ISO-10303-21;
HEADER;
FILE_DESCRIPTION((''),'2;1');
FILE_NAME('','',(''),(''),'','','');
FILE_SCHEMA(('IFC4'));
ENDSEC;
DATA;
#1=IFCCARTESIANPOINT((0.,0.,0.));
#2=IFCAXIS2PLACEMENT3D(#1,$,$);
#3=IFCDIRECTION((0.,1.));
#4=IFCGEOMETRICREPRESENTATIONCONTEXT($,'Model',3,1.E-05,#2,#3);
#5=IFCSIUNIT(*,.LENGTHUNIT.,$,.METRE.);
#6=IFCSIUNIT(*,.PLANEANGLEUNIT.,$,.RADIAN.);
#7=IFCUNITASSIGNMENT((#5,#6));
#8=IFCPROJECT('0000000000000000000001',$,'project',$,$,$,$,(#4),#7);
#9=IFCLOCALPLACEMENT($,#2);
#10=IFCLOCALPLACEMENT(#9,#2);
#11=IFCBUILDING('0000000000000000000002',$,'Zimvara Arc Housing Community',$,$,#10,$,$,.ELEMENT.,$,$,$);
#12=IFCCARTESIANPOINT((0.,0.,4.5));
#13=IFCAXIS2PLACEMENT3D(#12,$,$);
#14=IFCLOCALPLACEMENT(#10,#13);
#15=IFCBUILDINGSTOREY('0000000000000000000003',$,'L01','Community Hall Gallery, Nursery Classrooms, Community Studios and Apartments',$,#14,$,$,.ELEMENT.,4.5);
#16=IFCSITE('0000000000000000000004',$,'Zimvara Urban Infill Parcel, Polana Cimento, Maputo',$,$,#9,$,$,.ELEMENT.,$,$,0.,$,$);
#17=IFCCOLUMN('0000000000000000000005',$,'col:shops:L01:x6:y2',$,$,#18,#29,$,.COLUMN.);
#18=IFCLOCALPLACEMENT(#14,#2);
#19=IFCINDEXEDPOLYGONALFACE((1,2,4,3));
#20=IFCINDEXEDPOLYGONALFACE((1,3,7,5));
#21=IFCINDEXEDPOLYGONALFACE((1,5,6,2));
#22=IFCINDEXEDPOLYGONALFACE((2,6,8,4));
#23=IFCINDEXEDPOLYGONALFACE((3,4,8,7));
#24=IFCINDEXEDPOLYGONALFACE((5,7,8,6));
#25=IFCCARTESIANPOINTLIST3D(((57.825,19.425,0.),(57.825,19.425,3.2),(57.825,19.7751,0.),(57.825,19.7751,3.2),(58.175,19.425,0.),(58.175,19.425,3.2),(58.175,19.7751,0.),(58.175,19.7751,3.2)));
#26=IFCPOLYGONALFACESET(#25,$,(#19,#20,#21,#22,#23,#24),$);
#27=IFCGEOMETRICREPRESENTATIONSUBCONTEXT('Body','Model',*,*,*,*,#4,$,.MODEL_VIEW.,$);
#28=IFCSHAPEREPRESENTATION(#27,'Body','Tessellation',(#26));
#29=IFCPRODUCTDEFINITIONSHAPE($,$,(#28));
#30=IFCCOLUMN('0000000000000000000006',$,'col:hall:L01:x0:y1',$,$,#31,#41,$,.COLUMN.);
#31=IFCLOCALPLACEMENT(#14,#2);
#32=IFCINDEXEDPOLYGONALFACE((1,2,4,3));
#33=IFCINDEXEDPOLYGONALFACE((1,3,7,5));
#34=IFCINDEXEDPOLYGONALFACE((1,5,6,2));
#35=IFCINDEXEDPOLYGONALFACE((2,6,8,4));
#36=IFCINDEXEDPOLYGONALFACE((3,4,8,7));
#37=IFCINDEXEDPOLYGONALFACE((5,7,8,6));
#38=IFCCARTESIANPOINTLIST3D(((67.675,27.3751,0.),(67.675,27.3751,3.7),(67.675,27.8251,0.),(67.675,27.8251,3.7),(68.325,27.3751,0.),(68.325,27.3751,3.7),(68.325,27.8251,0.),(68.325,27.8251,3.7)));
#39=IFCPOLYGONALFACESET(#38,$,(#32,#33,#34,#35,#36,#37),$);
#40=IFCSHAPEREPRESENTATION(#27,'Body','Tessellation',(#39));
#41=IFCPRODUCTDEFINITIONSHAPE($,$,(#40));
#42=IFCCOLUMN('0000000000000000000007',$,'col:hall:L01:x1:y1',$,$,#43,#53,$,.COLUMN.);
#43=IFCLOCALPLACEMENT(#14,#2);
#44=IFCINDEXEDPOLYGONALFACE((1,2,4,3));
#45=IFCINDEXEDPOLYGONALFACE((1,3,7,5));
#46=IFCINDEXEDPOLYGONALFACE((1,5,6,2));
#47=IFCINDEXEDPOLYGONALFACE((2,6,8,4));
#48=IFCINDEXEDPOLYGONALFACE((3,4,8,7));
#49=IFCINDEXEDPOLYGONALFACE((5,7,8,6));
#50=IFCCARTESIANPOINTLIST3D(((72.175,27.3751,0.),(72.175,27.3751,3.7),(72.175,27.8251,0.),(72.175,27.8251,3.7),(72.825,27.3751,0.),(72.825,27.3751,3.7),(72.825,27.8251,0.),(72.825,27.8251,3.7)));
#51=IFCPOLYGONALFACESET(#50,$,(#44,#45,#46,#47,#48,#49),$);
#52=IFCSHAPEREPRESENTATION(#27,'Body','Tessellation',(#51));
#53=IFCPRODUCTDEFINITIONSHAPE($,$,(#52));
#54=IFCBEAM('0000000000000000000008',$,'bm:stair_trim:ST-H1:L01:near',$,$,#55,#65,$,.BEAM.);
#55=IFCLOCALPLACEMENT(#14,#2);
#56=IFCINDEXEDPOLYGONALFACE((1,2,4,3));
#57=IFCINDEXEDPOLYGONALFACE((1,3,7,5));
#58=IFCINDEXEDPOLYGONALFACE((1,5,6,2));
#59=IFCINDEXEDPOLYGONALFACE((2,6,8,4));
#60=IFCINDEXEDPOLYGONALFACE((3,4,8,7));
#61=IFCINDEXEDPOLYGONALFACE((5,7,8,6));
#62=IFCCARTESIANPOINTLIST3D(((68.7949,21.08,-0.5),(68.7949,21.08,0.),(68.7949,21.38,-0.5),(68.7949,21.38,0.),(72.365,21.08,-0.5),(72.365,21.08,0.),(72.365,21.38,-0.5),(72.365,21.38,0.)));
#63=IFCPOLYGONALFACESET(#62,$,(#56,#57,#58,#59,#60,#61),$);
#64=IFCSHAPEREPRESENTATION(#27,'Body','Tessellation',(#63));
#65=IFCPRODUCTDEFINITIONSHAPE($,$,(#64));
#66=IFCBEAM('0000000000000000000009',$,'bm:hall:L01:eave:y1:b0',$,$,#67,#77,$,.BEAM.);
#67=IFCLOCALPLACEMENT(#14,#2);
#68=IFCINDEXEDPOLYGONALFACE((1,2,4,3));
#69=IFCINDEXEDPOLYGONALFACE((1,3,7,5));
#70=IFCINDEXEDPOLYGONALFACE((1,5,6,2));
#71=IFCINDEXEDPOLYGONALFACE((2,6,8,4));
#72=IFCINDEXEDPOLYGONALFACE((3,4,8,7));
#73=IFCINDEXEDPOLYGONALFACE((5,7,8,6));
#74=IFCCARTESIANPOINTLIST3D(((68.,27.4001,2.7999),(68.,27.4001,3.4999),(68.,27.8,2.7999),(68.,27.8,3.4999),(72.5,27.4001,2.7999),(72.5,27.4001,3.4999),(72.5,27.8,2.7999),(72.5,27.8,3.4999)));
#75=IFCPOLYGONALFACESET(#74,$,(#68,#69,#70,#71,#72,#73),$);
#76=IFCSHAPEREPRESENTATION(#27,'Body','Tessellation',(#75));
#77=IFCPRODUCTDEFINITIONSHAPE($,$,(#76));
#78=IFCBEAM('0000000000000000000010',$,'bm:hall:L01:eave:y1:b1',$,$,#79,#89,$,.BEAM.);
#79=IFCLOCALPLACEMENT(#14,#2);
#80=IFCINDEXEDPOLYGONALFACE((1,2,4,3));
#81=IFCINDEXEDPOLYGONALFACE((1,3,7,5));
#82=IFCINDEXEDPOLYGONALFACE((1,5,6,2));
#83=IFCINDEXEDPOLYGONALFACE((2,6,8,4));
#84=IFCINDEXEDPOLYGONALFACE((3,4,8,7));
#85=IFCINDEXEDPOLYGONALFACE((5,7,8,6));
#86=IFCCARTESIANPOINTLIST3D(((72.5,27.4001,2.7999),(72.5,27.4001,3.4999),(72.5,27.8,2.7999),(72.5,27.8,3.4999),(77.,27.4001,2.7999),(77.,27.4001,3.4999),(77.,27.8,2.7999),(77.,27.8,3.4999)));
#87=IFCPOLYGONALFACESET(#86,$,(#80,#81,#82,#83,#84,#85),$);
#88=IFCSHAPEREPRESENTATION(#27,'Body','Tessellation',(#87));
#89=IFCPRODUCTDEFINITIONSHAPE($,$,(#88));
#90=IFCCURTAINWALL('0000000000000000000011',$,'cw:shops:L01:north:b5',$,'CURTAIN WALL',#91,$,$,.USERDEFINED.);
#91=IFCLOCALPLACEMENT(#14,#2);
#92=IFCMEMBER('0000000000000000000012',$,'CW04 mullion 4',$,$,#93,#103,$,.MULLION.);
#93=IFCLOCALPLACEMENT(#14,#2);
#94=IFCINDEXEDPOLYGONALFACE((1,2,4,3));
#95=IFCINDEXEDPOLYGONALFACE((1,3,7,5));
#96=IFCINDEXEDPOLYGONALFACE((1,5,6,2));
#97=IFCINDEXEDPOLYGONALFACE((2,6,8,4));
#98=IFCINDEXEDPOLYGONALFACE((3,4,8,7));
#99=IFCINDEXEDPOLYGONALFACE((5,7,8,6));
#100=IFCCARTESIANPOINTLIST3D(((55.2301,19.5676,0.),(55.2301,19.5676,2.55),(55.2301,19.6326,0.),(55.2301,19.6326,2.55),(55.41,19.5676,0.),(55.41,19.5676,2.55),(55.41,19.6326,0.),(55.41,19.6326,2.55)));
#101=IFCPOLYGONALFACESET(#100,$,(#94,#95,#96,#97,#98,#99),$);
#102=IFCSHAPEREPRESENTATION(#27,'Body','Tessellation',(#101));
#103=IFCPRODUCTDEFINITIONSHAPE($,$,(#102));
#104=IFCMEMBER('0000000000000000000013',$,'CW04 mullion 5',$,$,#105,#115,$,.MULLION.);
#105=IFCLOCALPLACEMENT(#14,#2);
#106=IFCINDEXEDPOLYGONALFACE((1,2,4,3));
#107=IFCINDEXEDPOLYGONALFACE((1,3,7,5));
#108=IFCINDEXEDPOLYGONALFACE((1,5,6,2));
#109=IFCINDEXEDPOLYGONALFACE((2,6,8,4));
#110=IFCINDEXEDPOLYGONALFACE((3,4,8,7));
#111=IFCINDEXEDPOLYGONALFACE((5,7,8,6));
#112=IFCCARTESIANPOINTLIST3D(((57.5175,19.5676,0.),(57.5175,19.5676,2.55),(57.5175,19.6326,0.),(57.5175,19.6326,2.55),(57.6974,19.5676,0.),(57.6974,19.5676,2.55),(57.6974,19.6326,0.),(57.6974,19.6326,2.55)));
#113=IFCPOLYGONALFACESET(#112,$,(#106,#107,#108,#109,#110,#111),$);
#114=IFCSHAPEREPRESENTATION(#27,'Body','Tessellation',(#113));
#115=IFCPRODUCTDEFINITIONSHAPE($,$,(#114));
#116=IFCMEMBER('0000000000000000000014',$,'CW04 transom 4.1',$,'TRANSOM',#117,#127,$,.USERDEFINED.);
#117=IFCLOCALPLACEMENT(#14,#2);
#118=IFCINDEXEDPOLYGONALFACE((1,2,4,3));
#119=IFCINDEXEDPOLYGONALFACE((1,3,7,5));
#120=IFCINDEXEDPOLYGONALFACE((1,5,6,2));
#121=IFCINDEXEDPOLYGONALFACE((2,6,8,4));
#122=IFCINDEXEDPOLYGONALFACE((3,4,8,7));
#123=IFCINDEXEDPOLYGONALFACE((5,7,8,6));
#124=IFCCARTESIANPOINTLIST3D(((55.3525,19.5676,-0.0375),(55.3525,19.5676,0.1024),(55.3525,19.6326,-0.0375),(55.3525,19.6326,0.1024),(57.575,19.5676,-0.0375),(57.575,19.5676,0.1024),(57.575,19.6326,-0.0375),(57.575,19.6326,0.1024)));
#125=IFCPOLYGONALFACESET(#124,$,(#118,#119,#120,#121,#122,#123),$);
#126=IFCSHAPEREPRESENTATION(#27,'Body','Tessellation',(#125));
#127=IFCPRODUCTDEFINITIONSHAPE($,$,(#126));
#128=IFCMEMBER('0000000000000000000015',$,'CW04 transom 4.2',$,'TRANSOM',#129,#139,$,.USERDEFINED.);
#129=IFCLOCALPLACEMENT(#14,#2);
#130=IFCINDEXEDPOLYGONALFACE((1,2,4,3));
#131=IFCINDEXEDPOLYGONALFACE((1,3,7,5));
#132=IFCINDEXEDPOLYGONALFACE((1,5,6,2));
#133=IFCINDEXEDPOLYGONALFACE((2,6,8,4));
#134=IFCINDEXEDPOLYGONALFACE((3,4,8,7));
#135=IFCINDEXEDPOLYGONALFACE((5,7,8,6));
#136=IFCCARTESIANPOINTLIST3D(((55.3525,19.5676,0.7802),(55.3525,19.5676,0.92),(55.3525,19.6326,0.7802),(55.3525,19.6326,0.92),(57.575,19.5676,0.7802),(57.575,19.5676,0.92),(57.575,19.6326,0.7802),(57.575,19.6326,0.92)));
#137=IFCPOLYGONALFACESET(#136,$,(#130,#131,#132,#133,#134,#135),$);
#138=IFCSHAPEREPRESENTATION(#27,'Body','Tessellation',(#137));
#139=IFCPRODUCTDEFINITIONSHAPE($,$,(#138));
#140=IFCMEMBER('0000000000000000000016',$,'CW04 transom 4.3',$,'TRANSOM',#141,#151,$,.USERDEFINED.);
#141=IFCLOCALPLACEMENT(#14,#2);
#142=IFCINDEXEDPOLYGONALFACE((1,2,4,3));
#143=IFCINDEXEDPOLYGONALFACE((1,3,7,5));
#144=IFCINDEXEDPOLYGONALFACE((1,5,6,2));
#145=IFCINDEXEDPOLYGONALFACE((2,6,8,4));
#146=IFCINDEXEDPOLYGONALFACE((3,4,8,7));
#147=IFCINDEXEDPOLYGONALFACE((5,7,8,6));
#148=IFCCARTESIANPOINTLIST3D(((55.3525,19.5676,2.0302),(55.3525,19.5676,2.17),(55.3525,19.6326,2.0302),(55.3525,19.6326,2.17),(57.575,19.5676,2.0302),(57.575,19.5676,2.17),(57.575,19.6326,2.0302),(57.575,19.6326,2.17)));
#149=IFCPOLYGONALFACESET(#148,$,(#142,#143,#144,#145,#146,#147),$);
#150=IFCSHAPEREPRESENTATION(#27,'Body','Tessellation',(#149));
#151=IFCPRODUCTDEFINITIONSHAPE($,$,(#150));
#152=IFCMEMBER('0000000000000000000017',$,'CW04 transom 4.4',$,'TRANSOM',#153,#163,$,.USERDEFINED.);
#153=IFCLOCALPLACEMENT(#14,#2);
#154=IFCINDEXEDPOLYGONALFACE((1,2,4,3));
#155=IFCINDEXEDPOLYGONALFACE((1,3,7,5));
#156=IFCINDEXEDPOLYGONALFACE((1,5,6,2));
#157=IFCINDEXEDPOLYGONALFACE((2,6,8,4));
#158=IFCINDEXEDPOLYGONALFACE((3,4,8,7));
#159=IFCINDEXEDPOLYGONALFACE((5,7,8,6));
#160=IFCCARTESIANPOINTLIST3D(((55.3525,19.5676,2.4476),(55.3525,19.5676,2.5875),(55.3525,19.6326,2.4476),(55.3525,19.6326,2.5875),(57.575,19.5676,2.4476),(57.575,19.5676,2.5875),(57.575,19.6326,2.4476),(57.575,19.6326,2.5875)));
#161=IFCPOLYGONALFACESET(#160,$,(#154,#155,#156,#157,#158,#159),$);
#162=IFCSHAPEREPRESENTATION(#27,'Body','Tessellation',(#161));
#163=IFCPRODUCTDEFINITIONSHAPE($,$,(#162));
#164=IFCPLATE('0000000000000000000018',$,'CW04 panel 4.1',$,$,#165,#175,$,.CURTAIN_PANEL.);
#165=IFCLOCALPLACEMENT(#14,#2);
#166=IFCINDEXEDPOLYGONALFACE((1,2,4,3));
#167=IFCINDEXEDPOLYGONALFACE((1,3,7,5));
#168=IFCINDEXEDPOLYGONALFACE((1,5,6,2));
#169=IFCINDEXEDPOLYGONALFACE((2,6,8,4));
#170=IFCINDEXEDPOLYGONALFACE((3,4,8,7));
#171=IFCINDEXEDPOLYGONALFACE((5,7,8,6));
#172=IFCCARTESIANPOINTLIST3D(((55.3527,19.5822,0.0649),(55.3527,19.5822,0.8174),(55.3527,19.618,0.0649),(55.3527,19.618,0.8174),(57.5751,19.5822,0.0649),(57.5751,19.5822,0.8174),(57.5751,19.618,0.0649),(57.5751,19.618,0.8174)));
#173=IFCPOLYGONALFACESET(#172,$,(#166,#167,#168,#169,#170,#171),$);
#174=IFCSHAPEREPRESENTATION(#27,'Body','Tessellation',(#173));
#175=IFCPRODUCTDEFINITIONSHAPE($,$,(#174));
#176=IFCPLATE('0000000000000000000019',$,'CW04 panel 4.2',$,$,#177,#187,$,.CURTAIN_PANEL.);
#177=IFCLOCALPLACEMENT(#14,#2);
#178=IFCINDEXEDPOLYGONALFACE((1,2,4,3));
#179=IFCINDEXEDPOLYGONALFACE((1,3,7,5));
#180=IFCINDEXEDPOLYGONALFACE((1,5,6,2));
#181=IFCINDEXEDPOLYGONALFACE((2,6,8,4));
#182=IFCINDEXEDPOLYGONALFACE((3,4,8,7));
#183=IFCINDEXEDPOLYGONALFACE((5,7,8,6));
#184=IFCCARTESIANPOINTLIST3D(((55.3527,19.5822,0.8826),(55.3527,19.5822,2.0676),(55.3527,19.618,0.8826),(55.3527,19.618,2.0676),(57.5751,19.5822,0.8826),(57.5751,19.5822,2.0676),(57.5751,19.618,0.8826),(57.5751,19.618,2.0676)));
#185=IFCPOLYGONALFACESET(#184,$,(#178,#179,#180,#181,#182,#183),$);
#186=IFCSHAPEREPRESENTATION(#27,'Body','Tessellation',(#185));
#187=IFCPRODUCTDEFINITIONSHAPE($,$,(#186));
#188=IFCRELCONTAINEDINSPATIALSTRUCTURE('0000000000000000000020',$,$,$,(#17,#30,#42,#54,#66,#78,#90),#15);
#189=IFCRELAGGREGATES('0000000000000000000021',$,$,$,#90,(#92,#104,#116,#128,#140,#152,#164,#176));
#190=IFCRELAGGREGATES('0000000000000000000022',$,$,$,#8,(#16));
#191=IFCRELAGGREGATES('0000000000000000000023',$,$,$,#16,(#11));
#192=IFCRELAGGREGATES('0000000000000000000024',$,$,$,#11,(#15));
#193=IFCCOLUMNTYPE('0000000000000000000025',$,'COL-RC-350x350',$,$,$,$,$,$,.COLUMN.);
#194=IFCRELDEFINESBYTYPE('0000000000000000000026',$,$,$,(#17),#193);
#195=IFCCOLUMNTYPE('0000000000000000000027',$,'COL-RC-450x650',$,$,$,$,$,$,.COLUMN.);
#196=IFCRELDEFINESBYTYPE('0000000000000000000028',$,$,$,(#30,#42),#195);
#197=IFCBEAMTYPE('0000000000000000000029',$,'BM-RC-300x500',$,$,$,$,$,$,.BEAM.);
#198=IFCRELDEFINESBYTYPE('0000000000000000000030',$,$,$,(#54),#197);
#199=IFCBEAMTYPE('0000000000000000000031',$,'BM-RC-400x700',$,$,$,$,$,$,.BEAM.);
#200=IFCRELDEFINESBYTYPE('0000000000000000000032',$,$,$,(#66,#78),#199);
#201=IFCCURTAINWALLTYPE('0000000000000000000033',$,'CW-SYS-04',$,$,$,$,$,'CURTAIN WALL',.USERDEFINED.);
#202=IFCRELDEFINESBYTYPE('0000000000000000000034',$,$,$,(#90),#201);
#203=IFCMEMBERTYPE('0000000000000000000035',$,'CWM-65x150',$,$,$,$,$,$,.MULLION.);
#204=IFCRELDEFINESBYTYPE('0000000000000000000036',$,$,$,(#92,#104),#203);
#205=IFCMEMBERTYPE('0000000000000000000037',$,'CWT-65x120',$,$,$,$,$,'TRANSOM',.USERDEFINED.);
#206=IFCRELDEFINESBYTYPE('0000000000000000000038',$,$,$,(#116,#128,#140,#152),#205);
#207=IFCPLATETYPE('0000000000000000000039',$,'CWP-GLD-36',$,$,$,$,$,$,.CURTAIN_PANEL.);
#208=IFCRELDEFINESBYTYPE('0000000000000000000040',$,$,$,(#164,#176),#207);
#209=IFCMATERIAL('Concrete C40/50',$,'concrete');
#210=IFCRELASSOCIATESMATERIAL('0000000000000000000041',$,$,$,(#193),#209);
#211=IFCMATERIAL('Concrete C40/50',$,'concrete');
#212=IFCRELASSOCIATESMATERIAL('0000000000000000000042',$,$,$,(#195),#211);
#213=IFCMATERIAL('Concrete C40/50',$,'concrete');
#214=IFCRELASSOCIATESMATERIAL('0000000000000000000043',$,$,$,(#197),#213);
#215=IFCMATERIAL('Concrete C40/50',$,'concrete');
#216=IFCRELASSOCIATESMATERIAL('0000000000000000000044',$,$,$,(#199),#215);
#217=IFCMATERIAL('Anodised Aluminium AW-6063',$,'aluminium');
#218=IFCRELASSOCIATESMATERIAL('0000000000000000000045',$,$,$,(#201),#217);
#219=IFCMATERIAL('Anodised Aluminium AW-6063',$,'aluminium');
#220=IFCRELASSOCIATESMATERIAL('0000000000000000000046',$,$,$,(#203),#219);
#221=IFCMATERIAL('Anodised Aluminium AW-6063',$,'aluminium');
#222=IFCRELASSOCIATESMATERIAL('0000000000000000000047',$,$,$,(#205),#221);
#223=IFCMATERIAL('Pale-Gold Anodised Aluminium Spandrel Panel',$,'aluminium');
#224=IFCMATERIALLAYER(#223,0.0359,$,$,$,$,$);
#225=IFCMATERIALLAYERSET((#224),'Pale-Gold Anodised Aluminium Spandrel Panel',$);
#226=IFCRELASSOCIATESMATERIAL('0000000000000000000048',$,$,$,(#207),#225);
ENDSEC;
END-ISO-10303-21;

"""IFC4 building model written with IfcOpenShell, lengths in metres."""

from ifc_helpers import new_model, si_unit, direction, frame, origin, origin_2d, place, context, subcontext, project, spatial, rectangle, extrude, material, layer, layer_set, material_profile, profile_set, type_object, element, aggregate, save


model = new_model("IFC4")

# Units and contexts
model_context = context("Model", 3, precision=1e-05, world=origin(), true_north=direction((0.0, 1.0)))
body_context = subcontext(model_context, "Body", "Model", "MODEL_VIEW")
ifc_project = project(units=[si_unit("LENGTHUNIT", "METRE"), si_unit("PLANEANGLEUNIT", "RADIAN")], contexts=[model_context])

# Site, building, storey
site_placement = place(None, origin())
site = spatial("IfcSite", under=ifc_project, at=site_placement, Name="Zimvara Urban Infill Parcel, Polana Cimento, Maputo", CompositionType="ELEMENT", RefElevation=0.0)
building_placement = place(site_placement, origin())
building = spatial("IfcBuilding", under=site, at=building_placement, Name="Zimvara Arc Housing Community", CompositionType="ELEMENT")
storey_placement = place(building_placement, frame((0.0, 0.0, 4.5)))
storey = spatial("IfcBuildingStorey", under=building, at=storey_placement, Name="L01", Description="Community Hall Gallery, Nursery Classrooms, Community Studios and Apartments", CompositionType="ELEMENT", Elevation=4.5)

# Columns
ifc_material_1 = material(Name="Concrete C40/50", Category="concrete")
ifc_material_profile_1 = material_profile(ifc_material_1, rectangle(XDim=0.3501, YDim=0.3501, at=origin_2d()), Name="RC 350x350")
ifc_profile_set_1 = profile_set([ifc_material_profile_1], Name="Concrete C40/50")
column_type_1 = type_object("IfcColumnType", Name="COL-RC-350x350", PredefinedType="COLUMN", material=ifc_profile_set_1)
column_placement = place(storey_placement, frame((58.0, 19.6001, 0.0), z_axis=(0.0, 0.0, 1.0), x_axis=(1.0, 0.0, 0.0)))
element("IfcColumn", 1, at=column_placement, inside=storey, type_object=column_type_1, Name="col:shops:L01:x6:y2", PredefinedType="COLUMN", context=body_context, shape_type="SweptSolid", body=[
    extrude(rectangle(XDim=0.3501, YDim=0.3501, at=origin_2d()), origin(), (0.0, 0.0, 1.0), 3.2),
])
ifc_material_2 = material(Name="Concrete C40/50", Category="concrete")
ifc_material_profile_2 = material_profile(ifc_material_2, rectangle(XDim=0.45, YDim=0.6499, at=origin_2d()), Name="RC 450x650")
ifc_profile_set_2 = profile_set([ifc_material_profile_2], Name="Concrete C40/50")
column_type_2 = type_object("IfcColumnType", Name="COL-RC-450x650", PredefinedType="COLUMN", material=ifc_profile_set_2)
for number, where, z_axis, x_axis, name in (
    (2, (68.0, 27.6001, 0.0), (0.0, 0.0, 1.0), (0.0, 1.0, 0.0), "col:hall:L01:x0:y1"),
    (3, (72.5, 27.6001, 0.0), (0.0, 0.0, 1.0), (0.0, 1.0, 0.0), "col:hall:L01:x1:y1"),
):
    element("IfcColumn", number, at=place(storey_placement, frame(where, z_axis=z_axis, x_axis=x_axis)), inside=storey, type_object=column_type_2, Name=name, PredefinedType="COLUMN", context=body_context, shape_type="SweptSolid", body=[
        extrude(rectangle(XDim=0.45, YDim=0.6499, at=origin_2d()), origin(), (0.0, 0.0, 1.0), 3.7),
    ])

# Beams
ifc_material_3 = material(Name="Concrete C40/50", Category="concrete")
ifc_material_profile_3 = material_profile(ifc_material_3, rectangle(XDim=0.3, YDim=0.5, at=origin_2d()), Name="RC 300x500")
ifc_profile_set_3 = profile_set([ifc_material_profile_3], Name="Concrete C40/50")
beam_type_1 = type_object("IfcBeamType", Name="BM-RC-300x500", PredefinedType="BEAM", material=ifc_profile_set_3)
beam_placement = place(storey_placement, frame((72.365, 21.23, -0.25), z_axis=(-1.0, 0.0, 0.0), x_axis=(0.0, -1.0, 0.0)))
element("IfcBeam", 4, at=beam_placement, inside=storey, type_object=beam_type_1, Name="bm:stair_trim:ST-H1:L01:near", PredefinedType="BEAM", context=body_context, shape_type="SweptSolid", body=[
    extrude(rectangle(XDim=0.3, YDim=0.5, at=origin_2d()), origin(), (0.0, 0.0, 1.0), 3.5701),
])
ifc_material_4 = material(Name="Concrete C40/50", Category="concrete")
ifc_material_profile_4 = material_profile(ifc_material_4, rectangle(XDim=0.3999, YDim=0.7, at=origin_2d()), Name="RC 400x700")
ifc_profile_set_4 = profile_set([ifc_material_profile_4], Name="Concrete C40/50")
beam_type_2 = type_object("IfcBeamType", Name="BM-RC-400x700", PredefinedType="BEAM", material=ifc_profile_set_4)
for number, where, z_axis, x_axis, name in (
    (5, (68.0, 27.6001, 3.1499), (1.0, 0.0, 0.0), (0.0, 1.0, 0.0), "bm:hall:L01:eave:y1:b0"),
    (6, (72.5, 27.6001, 3.1499), (1.0, 0.0, 0.0), (0.0, 1.0, 0.0), "bm:hall:L01:eave:y1:b1"),
):
    element("IfcBeam", number, at=place(storey_placement, frame(where, z_axis=z_axis, x_axis=x_axis)), inside=storey, type_object=beam_type_2, Name=name, PredefinedType="BEAM", context=body_context, shape_type="SweptSolid", body=[
        extrude(rectangle(XDim=0.3999, YDim=0.7, at=origin_2d()), origin(), (0.0, 0.0, 1.0), 4.5),
    ])

# Curtain wall, members, plates
ifc_material_5 = material(Name="Anodised Aluminium AW-6063", Category="aluminium")
curtain_wall_type = type_object("IfcCurtainWallType", Name="CW-SYS-04", ElementType="CURTAIN WALL", PredefinedType="USERDEFINED", material=ifc_material_5)
curtain_wall_placement = place(storey_placement, origin())
curtain_wall = element("IfcCurtainWall", 7, at=curtain_wall_placement, inside=storey, type_object=curtain_wall_type, Name="cw:shops:L01:north:b5", ObjectType="CURTAIN WALL", PredefinedType="USERDEFINED")
ifc_material_6 = material(Name="Anodised Aluminium AW-6063", Category="aluminium")
ifc_material_profile_5 = material_profile(ifc_material_6, rectangle(XDim=0.0649, YDim=0.1799, at=origin_2d()), Name="ALU 65x180")
ifc_profile_set_5 = profile_set([ifc_material_profile_5], Name="Anodised Aluminium AW-6063")
member_type_1 = type_object("IfcMemberType", Name="CWM-65x150", PredefinedType="MULLION", material=ifc_profile_set_5)
member_1_placement = place(storey_placement, frame((55.3201, 19.6001, 0.0), z_axis=(0.0, 0.0, 1.0), x_axis=(0.0, 1.0, 0.0)))
member_1 = element("IfcMember", 8, at=member_1_placement, type_object=member_type_1, Name="CW04 mullion 4", PredefinedType="MULLION", context=body_context, shape_type="SweptSolid", body=[
    extrude(rectangle(XDim=0.0649, YDim=0.1799, at=origin_2d()), origin(), (0.0, 0.0, 1.0), 2.55),
])
member_2_placement = place(storey_placement, frame((57.6074, 19.6001, 0.0), z_axis=(0.0, 0.0, 1.0), x_axis=(0.0, 1.0, 0.0)))
member_2 = element("IfcMember", 9, at=member_2_placement, type_object=member_type_1, Name="CW04 mullion 5", PredefinedType="MULLION", context=body_context, shape_type="SweptSolid", body=[
    extrude(rectangle(XDim=0.0649, YDim=0.1799, at=origin_2d()), origin(), (0.0, 0.0, 1.0), 2.55),
])
ifc_material_7 = material(Name="Anodised Aluminium AW-6063", Category="aluminium")
ifc_material_profile_6 = material_profile(ifc_material_7, rectangle(XDim=0.0649, YDim=0.1399, at=origin_2d()), Name="ALU 65x140")
ifc_profile_set_6 = profile_set([ifc_material_profile_6], Name="Anodised Aluminium AW-6063")
member_type_2 = type_object("IfcMemberType", Name="CWT-65x120", ElementType="TRANSOM", PredefinedType="USERDEFINED", material=ifc_profile_set_6)
member_3_placement = place(storey_placement, frame((55.3525, 19.6001, 0.0325), z_axis=(1.0, 0.0, 0.0), x_axis=(0.0, 1.0, 0.0)))
member_3 = element("IfcMember", 10, at=member_3_placement, type_object=member_type_2, Name="CW04 transom 4.1", ObjectType="TRANSOM", PredefinedType="USERDEFINED", context=body_context, shape_type="SweptSolid", body=[
    extrude(rectangle(XDim=0.0649, YDim=0.1399, at=origin_2d()), origin(), (0.0, 0.0, 1.0), 2.2224),
])
member_4_placement = place(storey_placement, frame((55.3525, 19.6001, 0.8501), z_axis=(1.0, 0.0, 0.0), x_axis=(0.0, 1.0, 0.0)))
member_4 = element("IfcMember", 11, at=member_4_placement, type_object=member_type_2, Name="CW04 transom 4.2", ObjectType="TRANSOM", PredefinedType="USERDEFINED", context=body_context, shape_type="SweptSolid", body=[
    extrude(rectangle(XDim=0.0649, YDim=0.1399, at=origin_2d()), origin(), (0.0, 0.0, 1.0), 2.2224),
])
member_5_placement = place(storey_placement, frame((55.3525, 19.6001, 2.1001), z_axis=(1.0, 0.0, 0.0), x_axis=(0.0, 1.0, 0.0)))
member_5 = element("IfcMember", 12, at=member_5_placement, type_object=member_type_2, Name="CW04 transom 4.3", ObjectType="TRANSOM", PredefinedType="USERDEFINED", context=body_context, shape_type="SweptSolid", body=[
    extrude(rectangle(XDim=0.0649, YDim=0.1399, at=origin_2d()), origin(), (0.0, 0.0, 1.0), 2.2224),
])
member_6_placement = place(storey_placement, frame((55.3525, 19.6001, 2.5176), z_axis=(1.0, 0.0, 0.0), x_axis=(0.0, 1.0, 0.0)))
member_6 = element("IfcMember", 13, at=member_6_placement, type_object=member_type_2, Name="CW04 transom 4.4", ObjectType="TRANSOM", PredefinedType="USERDEFINED", context=body_context, shape_type="SweptSolid", body=[
    extrude(rectangle(XDim=0.0649, YDim=0.1399, at=origin_2d()), origin(), (0.0, 0.0, 1.0), 2.2224),
])
ifc_material_8 = material(Name="Pale-Gold Anodised Aluminium Spandrel Panel", Category="aluminium")
ifc_layer_1 = layer(ifc_material_8, 0.0359)
ifc_layer_set_1 = layer_set([ifc_layer_1], Name="Pale-Gold Anodised Aluminium Spandrel Panel")
plate_type = type_object("IfcPlateType", Name="CWP-GLD-36", PredefinedType="CURTAIN_PANEL", material=ifc_layer_set_1)
plate_1_placement = place(storey_placement, frame((56.4639, 19.6001, 0.0649), z_axis=(0.0, 0.0, 1.0), x_axis=(1.0, 0.0, 0.0)))
plate_1 = element("IfcPlate", 14, at=plate_1_placement, type_object=plate_type, Name="CW04 panel 4.1", PredefinedType="CURTAIN_PANEL", context=body_context, shape_type="SweptSolid", body=[
    extrude(rectangle(XDim=2.2224, YDim=0.0359, at=origin_2d()), origin(), (0.0, 0.0, 1.0), 0.7524),
])
plate_2_placement = place(storey_placement, frame((56.4639, 19.6001, 0.8826), z_axis=(0.0, 0.0, 1.0), x_axis=(1.0, 0.0, 0.0)))
plate_2 = element("IfcPlate", 15, at=plate_2_placement, type_object=plate_type, Name="CW04 panel 4.2", PredefinedType="CURTAIN_PANEL", context=body_context, shape_type="SweptSolid", body=[
    extrude(rectangle(XDim=2.2224, YDim=0.0359, at=origin_2d()), origin(), (0.0, 0.0, 1.0), 1.1851),
])
aggregate(curtain_wall, [member_1, member_2, member_3, member_4, member_5, member_6, plate_1, plate_2])

save(model, "model.ifc")
